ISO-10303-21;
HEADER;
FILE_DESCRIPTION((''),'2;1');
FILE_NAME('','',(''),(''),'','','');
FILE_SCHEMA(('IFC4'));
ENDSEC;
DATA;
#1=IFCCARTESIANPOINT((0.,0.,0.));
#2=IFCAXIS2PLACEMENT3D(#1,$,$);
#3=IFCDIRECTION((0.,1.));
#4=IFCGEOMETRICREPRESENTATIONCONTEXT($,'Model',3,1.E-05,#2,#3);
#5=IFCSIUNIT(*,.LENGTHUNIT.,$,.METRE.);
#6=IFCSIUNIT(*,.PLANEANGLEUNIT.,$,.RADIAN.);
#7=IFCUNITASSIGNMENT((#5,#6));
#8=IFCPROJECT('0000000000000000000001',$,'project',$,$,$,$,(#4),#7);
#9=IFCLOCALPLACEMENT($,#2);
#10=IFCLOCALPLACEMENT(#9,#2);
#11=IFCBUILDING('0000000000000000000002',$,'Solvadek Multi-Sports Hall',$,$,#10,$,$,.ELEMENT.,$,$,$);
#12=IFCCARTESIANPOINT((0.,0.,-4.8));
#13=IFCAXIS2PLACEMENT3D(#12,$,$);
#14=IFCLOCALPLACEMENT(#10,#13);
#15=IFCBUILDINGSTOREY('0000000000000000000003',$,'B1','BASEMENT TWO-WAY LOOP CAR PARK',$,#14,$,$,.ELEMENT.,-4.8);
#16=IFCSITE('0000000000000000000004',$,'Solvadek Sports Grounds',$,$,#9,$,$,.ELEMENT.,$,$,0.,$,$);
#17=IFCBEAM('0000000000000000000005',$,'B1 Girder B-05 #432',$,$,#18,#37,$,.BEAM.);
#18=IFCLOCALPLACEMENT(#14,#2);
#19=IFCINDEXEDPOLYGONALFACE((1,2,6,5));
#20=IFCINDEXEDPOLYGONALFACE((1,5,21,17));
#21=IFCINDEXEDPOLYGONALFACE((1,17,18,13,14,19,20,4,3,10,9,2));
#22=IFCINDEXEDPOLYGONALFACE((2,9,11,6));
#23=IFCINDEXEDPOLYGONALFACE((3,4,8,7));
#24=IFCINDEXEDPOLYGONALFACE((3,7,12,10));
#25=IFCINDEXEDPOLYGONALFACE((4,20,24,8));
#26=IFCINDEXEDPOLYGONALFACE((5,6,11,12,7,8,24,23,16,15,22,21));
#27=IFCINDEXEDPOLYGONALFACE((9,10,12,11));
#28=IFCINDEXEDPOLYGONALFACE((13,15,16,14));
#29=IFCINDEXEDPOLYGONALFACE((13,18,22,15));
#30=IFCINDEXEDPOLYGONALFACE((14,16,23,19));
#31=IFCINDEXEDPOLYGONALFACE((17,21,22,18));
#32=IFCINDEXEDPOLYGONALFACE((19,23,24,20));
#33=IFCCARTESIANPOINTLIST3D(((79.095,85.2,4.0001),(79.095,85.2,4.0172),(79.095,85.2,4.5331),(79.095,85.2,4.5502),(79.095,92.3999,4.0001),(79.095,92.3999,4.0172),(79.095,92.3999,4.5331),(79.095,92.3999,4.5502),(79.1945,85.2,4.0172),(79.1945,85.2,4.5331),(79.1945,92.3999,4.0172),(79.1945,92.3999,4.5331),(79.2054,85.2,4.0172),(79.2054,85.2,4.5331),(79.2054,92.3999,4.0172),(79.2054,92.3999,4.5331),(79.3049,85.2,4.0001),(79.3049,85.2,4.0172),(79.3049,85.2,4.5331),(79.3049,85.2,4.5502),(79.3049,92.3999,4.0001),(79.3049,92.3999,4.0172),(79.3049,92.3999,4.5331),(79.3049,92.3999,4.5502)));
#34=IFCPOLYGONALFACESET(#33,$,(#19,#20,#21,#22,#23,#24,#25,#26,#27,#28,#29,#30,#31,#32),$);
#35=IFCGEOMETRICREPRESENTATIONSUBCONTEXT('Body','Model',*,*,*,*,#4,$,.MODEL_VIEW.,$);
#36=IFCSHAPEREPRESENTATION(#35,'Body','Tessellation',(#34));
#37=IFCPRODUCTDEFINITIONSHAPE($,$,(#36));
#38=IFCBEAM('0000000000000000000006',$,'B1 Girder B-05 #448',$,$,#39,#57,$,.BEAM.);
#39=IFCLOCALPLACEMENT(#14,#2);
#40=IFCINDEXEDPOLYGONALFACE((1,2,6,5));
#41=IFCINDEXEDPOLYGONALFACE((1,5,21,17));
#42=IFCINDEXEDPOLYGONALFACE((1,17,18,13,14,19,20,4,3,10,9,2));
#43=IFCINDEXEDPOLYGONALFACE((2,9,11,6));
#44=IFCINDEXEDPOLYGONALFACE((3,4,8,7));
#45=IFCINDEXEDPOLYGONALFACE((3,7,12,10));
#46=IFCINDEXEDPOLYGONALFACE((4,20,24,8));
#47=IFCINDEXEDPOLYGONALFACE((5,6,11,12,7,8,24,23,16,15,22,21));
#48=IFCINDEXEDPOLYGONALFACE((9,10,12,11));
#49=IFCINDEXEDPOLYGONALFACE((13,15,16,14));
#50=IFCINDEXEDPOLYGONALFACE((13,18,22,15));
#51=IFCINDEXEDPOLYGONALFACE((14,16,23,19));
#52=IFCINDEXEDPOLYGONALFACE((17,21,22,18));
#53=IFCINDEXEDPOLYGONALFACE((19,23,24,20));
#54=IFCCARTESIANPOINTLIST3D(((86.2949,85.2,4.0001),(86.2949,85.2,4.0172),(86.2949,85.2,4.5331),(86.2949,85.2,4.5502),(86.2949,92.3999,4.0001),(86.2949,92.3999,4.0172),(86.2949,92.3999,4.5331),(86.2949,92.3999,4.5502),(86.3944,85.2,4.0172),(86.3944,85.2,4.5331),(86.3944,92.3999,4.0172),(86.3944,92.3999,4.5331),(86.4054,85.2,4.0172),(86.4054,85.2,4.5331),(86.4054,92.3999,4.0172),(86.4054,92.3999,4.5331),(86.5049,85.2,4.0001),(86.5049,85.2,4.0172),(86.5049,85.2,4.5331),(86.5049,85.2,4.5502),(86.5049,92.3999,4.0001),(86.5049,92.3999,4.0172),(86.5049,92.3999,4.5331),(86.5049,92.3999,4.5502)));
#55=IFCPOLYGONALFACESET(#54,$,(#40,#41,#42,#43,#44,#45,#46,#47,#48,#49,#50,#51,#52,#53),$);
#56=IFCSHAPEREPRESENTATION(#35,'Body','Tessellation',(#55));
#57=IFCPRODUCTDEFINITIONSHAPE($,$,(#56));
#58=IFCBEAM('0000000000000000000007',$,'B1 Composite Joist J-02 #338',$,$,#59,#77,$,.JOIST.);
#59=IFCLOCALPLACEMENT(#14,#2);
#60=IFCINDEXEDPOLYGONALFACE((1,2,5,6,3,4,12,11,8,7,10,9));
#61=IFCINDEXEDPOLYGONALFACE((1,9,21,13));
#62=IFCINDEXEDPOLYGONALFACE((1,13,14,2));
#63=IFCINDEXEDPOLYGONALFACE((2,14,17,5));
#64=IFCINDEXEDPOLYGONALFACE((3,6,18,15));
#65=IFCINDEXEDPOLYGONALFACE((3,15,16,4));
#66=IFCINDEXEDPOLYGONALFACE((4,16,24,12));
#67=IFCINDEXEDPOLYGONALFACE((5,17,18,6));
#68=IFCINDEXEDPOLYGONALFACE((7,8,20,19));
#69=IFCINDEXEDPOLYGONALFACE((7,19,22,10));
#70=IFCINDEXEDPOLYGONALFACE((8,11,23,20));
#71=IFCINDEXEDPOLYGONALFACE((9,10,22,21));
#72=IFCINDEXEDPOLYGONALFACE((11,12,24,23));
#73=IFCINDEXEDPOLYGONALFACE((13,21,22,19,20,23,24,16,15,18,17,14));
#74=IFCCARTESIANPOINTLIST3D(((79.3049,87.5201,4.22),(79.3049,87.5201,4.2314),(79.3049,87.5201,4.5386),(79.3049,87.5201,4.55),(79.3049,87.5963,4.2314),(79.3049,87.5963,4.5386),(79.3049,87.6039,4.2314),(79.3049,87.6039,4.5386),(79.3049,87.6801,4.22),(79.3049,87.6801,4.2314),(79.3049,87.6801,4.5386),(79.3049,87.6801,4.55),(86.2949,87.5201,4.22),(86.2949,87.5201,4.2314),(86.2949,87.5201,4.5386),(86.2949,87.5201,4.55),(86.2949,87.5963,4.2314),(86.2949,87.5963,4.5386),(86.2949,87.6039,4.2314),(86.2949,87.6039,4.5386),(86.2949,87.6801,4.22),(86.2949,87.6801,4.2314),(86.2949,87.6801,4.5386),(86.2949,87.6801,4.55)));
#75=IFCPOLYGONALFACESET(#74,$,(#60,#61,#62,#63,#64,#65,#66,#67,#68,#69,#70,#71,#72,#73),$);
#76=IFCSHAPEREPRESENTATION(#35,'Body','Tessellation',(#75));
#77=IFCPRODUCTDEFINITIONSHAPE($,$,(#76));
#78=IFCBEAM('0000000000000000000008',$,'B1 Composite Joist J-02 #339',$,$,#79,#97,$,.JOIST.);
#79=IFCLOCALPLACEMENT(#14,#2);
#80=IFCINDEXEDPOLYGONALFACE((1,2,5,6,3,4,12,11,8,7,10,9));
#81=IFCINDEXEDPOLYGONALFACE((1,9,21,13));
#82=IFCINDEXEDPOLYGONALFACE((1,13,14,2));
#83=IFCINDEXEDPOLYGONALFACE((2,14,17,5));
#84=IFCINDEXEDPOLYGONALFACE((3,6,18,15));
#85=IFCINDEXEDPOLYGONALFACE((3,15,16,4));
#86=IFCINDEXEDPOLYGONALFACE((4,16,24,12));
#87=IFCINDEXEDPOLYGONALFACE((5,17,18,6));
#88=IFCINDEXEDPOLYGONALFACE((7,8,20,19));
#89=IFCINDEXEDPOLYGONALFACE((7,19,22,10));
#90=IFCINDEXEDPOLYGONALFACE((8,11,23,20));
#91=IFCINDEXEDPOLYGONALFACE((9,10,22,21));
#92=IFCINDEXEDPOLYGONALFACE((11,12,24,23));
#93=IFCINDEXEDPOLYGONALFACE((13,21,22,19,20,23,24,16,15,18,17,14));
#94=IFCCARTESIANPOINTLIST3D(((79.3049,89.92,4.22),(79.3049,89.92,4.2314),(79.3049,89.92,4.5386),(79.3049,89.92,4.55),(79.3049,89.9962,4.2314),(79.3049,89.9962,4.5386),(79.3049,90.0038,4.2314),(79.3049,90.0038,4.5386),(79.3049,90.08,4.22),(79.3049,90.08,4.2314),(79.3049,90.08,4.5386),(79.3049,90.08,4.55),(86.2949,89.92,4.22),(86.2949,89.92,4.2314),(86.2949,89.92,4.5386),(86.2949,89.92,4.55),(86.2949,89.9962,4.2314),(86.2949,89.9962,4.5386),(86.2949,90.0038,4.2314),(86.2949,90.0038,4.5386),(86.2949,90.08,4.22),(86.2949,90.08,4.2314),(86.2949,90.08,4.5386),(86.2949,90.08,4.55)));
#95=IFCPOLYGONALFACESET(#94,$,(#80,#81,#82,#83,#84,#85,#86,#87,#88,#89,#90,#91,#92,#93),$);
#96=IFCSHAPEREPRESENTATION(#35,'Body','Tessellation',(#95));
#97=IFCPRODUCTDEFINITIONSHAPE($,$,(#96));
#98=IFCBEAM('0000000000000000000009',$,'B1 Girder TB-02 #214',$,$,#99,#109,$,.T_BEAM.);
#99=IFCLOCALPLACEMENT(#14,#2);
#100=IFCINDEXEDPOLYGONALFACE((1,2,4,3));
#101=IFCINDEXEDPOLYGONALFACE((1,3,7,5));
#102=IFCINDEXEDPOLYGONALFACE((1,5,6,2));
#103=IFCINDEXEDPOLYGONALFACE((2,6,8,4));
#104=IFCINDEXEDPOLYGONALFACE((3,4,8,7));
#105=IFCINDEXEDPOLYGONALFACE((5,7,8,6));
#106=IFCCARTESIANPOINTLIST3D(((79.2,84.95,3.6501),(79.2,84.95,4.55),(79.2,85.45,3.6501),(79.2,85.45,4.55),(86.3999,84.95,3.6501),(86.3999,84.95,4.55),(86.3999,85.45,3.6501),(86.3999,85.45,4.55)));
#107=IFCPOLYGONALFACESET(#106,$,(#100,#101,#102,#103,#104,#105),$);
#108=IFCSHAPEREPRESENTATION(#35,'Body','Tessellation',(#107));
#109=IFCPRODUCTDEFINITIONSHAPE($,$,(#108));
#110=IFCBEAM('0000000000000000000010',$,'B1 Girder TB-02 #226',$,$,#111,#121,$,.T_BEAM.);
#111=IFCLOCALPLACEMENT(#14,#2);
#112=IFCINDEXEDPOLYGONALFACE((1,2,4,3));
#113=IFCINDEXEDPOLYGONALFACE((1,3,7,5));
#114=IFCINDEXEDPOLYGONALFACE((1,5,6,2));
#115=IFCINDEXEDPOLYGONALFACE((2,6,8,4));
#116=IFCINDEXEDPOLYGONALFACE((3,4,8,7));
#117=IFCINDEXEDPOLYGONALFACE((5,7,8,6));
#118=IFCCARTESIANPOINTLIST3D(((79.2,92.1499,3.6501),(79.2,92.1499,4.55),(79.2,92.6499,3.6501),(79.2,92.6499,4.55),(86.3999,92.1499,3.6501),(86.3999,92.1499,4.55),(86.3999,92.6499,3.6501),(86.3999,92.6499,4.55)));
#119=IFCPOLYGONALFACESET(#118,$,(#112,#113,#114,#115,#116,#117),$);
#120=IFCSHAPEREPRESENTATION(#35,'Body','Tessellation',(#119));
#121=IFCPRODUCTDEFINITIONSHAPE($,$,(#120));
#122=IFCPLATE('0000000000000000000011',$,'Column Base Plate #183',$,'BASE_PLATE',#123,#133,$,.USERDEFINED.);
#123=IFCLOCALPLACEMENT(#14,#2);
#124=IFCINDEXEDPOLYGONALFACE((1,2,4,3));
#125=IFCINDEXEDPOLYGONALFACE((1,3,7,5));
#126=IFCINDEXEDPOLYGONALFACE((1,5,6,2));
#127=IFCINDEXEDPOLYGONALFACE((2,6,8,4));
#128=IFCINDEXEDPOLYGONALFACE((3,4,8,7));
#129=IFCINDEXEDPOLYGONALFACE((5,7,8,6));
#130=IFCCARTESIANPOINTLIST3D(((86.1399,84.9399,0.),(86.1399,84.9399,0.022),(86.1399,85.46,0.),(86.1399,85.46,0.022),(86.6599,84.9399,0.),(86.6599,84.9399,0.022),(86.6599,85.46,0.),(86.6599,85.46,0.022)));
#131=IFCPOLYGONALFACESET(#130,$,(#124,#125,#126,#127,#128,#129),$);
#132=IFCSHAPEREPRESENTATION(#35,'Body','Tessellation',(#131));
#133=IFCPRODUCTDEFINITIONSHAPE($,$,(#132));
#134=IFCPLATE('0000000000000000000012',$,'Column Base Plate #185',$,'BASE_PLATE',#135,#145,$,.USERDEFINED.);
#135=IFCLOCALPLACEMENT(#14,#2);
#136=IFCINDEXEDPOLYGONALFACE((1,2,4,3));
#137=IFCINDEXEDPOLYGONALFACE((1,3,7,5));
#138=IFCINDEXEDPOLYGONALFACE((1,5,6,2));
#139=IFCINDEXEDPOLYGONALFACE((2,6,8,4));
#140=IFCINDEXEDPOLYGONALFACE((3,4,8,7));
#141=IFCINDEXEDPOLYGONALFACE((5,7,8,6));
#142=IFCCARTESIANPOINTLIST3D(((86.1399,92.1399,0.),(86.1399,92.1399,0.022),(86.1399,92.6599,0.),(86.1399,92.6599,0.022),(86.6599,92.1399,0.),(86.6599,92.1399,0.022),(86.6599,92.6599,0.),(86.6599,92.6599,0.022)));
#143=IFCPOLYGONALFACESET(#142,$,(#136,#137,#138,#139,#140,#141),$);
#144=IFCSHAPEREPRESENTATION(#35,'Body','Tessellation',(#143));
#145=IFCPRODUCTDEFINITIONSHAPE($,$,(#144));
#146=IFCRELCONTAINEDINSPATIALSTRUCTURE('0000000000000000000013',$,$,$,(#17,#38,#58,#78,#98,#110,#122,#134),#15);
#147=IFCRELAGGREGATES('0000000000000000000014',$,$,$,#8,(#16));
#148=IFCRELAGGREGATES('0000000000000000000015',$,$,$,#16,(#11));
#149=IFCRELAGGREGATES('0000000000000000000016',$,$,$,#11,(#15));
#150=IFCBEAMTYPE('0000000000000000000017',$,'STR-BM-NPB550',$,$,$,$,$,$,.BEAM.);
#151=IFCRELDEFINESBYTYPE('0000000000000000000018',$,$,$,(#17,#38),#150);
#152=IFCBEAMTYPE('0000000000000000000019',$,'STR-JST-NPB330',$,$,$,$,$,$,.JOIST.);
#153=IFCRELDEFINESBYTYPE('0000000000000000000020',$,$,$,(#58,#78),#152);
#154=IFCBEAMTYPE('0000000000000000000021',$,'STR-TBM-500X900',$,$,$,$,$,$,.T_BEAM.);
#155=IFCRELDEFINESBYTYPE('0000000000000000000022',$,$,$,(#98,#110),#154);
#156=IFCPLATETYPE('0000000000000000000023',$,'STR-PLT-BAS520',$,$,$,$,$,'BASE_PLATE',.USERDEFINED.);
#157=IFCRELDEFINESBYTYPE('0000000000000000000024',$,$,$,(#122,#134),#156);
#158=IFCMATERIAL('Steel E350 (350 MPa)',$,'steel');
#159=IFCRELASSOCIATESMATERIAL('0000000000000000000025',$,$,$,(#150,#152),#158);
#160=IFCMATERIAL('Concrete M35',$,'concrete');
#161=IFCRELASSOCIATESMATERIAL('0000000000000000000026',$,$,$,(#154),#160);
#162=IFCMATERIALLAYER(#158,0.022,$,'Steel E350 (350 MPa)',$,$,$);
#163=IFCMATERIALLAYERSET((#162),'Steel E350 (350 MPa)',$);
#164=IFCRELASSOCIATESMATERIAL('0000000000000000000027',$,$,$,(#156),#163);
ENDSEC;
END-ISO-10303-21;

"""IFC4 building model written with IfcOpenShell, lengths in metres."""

from ifc_helpers import new_model, si_unit, direction, frame, origin, origin_2d, place, context, subcontext, project, spatial, rectangle, i_section, extrude, material, layer, layer_set, material_profile, profile_set, type_object, element, save


model = new_model("IFC4")

# Units and contexts
model_context = context("Model", 3, precision=1e-05, world=origin(), true_north=direction((0.0, 1.0)))
body_context = subcontext(model_context, "Body", "Model", "MODEL_VIEW")
ifc_project = project(units=[si_unit("LENGTHUNIT", "METRE"), si_unit("PLANEANGLEUNIT", "RADIAN")], contexts=[model_context])

# Site, building, storey
site_placement = place(None, origin())
site = spatial("IfcSite", under=ifc_project, at=site_placement, Name="Solvadek Sports Grounds", CompositionType="ELEMENT", RefElevation=0.0)
building_placement = place(site_placement, origin())
building = spatial("IfcBuilding", under=site, at=building_placement, Name="Solvadek Multi-Sports Hall", CompositionType="ELEMENT")
storey_placement = place(building_placement, frame((0.0, 0.0, -4.8)))
storey = spatial("IfcBuildingStorey", under=building, at=storey_placement, Name="B1", Description="BASEMENT TWO-WAY LOOP CAR PARK", CompositionType="ELEMENT", Elevation=-4.8)

# Shared definitions
ifc_material_1 = material(Name="Concrete M35", Category="concrete")

# Shared definitions
ifc_material_2 = material(Name="Steel E350 (350 MPa)", Category="steel")

# Beams
ifc_material_profile_1 = material_profile(ifc_material_2, i_section(OverallWidth=0.21, OverallDepth=0.55, WebThickness=0.011, FlangeThickness=0.0171, at=origin_2d()), Name="NPB 550")
ifc_profile_set_1 = profile_set([ifc_material_profile_1], Name="Steel E350 (350 MPa)")
beam_type_1 = type_object("IfcBeamType", Name="STR-BM-NPB550", PredefinedType="BEAM", material=ifc_profile_set_1)
for number, where, z_axis, x_axis, name in (
    (1, (79.2, 85.2, 4.2751), (0.0, 1.0, 0.0), (-1.0, 0.0, 0.0), "B1 Girder B-05 #432"),
    (2, (86.3999, 85.2, 4.2751), (0.0, 1.0, 0.0), (-1.0, 0.0, 0.0), "B1 Girder B-05 #448"),
):
    element("IfcBeam", number, at=place(storey_placement, frame(where, z_axis=z_axis, x_axis=x_axis)), inside=storey, type_object=beam_type_1, Name=name, PredefinedType="BEAM", context=body_context, shape_type="SweptSolid", body=[
        extrude(i_section(OverallWidth=0.21, OverallDepth=0.55, WebThickness=0.011, FlangeThickness=0.0171, at=origin_2d()), origin(), (0.0, 0.0, 1.0), 7.2),
    ])
ifc_material_profile_2 = material_profile(ifc_material_2, i_section(OverallWidth=0.1599, OverallDepth=0.3301, WebThickness=0.0076, FlangeThickness=0.0115, at=origin_2d()), Name="NPB 330")
ifc_profile_set_2 = profile_set([ifc_material_profile_2], Name="Steel E350 (350 MPa)")
beam_type_2 = type_object("IfcBeamType", Name="STR-JST-NPB330", PredefinedType="JOIST", material=ifc_profile_set_2)
for number, where, z_axis, x_axis, name in (
    (3, (79.3049, 87.6001, 4.385), (1.0, 0.0, 0.0), (0.0, 1.0, 0.0), "B1 Composite Joist J-02 #338"),
    (4, (79.3049, 90.0, 4.385), (1.0, 0.0, 0.0), (0.0, 1.0, 0.0), "B1 Composite Joist J-02 #339"),
):
    element("IfcBeam", number, at=place(storey_placement, frame(where, z_axis=z_axis, x_axis=x_axis)), inside=storey, type_object=beam_type_2, Name=name, PredefinedType="JOIST", context=body_context, shape_type="SweptSolid", body=[
        extrude(i_section(OverallWidth=0.1599, OverallDepth=0.3301, WebThickness=0.0076, FlangeThickness=0.0115, at=origin_2d()), origin(), (0.0, 0.0, 1.0), 6.99),
    ])
ifc_material_profile_3 = material_profile(ifc_material_1, rectangle(XDim=0.5, YDim=0.8999, at=origin_2d()), Name="RC T-BEAM 500x900")
ifc_profile_set_3 = profile_set([ifc_material_profile_3], Name="Concrete M35")
beam_type_3 = type_object("IfcBeamType", Name="STR-TBM-500X900", PredefinedType="T_BEAM", material=ifc_profile_set_3)
for number, where, z_axis, x_axis, name in (
    (5, (79.2, 85.2, 4.1001), (1.0, 0.0, 0.0), (0.0, 1.0, 0.0), "B1 Girder TB-02 #214"),
    (6, (79.2, 92.3999, 4.1001), (1.0, 0.0, 0.0), (0.0, 1.0, 0.0), "B1 Girder TB-02 #226"),
):
    element("IfcBeam", number, at=place(storey_placement, frame(where, z_axis=z_axis, x_axis=x_axis)), inside=storey, type_object=beam_type_3, Name=name, PredefinedType="T_BEAM", context=body_context, shape_type="SweptSolid", body=[
        extrude(rectangle(XDim=0.5, YDim=0.8999, at=origin_2d()), origin(), (0.0, 0.0, 1.0), 7.2),
    ])

# Plates
ifc_layer = layer(ifc_material_2, 0.022, Name="Steel E350 (350 MPa)")
ifc_layer_set = layer_set([ifc_layer], Name="Steel E350 (350 MPa)")
plate_type = type_object("IfcPlateType", Name="STR-PLT-BAS520", ElementType="BASE_PLATE", PredefinedType="USERDEFINED", material=ifc_layer_set)
for number, where, z_axis, x_axis, name in (
    (7, (86.3999, 85.2, 0.0), (0.0, 0.0, 1.0), (1.0, 0.0, 0.0), "Column Base Plate #183"),
    (8, (86.3999, 92.3999, 0.0), (0.0, 0.0, 1.0), (1.0, 0.0, 0.0), "Column Base Plate #185"),
):
    element("IfcPlate", number, at=place(storey_placement, frame(where, z_axis=z_axis, x_axis=x_axis)), inside=storey, type_object=plate_type, Name=name, ObjectType="BASE_PLATE", PredefinedType="USERDEFINED", context=body_context, shape_type="SweptSolid", body=[
        extrude(rectangle(XDim=0.52, YDim=0.52, at=origin_2d()), origin(), (0.0, 0.0, 1.0), 0.022),
    ])

save(model, "model.ifc")
